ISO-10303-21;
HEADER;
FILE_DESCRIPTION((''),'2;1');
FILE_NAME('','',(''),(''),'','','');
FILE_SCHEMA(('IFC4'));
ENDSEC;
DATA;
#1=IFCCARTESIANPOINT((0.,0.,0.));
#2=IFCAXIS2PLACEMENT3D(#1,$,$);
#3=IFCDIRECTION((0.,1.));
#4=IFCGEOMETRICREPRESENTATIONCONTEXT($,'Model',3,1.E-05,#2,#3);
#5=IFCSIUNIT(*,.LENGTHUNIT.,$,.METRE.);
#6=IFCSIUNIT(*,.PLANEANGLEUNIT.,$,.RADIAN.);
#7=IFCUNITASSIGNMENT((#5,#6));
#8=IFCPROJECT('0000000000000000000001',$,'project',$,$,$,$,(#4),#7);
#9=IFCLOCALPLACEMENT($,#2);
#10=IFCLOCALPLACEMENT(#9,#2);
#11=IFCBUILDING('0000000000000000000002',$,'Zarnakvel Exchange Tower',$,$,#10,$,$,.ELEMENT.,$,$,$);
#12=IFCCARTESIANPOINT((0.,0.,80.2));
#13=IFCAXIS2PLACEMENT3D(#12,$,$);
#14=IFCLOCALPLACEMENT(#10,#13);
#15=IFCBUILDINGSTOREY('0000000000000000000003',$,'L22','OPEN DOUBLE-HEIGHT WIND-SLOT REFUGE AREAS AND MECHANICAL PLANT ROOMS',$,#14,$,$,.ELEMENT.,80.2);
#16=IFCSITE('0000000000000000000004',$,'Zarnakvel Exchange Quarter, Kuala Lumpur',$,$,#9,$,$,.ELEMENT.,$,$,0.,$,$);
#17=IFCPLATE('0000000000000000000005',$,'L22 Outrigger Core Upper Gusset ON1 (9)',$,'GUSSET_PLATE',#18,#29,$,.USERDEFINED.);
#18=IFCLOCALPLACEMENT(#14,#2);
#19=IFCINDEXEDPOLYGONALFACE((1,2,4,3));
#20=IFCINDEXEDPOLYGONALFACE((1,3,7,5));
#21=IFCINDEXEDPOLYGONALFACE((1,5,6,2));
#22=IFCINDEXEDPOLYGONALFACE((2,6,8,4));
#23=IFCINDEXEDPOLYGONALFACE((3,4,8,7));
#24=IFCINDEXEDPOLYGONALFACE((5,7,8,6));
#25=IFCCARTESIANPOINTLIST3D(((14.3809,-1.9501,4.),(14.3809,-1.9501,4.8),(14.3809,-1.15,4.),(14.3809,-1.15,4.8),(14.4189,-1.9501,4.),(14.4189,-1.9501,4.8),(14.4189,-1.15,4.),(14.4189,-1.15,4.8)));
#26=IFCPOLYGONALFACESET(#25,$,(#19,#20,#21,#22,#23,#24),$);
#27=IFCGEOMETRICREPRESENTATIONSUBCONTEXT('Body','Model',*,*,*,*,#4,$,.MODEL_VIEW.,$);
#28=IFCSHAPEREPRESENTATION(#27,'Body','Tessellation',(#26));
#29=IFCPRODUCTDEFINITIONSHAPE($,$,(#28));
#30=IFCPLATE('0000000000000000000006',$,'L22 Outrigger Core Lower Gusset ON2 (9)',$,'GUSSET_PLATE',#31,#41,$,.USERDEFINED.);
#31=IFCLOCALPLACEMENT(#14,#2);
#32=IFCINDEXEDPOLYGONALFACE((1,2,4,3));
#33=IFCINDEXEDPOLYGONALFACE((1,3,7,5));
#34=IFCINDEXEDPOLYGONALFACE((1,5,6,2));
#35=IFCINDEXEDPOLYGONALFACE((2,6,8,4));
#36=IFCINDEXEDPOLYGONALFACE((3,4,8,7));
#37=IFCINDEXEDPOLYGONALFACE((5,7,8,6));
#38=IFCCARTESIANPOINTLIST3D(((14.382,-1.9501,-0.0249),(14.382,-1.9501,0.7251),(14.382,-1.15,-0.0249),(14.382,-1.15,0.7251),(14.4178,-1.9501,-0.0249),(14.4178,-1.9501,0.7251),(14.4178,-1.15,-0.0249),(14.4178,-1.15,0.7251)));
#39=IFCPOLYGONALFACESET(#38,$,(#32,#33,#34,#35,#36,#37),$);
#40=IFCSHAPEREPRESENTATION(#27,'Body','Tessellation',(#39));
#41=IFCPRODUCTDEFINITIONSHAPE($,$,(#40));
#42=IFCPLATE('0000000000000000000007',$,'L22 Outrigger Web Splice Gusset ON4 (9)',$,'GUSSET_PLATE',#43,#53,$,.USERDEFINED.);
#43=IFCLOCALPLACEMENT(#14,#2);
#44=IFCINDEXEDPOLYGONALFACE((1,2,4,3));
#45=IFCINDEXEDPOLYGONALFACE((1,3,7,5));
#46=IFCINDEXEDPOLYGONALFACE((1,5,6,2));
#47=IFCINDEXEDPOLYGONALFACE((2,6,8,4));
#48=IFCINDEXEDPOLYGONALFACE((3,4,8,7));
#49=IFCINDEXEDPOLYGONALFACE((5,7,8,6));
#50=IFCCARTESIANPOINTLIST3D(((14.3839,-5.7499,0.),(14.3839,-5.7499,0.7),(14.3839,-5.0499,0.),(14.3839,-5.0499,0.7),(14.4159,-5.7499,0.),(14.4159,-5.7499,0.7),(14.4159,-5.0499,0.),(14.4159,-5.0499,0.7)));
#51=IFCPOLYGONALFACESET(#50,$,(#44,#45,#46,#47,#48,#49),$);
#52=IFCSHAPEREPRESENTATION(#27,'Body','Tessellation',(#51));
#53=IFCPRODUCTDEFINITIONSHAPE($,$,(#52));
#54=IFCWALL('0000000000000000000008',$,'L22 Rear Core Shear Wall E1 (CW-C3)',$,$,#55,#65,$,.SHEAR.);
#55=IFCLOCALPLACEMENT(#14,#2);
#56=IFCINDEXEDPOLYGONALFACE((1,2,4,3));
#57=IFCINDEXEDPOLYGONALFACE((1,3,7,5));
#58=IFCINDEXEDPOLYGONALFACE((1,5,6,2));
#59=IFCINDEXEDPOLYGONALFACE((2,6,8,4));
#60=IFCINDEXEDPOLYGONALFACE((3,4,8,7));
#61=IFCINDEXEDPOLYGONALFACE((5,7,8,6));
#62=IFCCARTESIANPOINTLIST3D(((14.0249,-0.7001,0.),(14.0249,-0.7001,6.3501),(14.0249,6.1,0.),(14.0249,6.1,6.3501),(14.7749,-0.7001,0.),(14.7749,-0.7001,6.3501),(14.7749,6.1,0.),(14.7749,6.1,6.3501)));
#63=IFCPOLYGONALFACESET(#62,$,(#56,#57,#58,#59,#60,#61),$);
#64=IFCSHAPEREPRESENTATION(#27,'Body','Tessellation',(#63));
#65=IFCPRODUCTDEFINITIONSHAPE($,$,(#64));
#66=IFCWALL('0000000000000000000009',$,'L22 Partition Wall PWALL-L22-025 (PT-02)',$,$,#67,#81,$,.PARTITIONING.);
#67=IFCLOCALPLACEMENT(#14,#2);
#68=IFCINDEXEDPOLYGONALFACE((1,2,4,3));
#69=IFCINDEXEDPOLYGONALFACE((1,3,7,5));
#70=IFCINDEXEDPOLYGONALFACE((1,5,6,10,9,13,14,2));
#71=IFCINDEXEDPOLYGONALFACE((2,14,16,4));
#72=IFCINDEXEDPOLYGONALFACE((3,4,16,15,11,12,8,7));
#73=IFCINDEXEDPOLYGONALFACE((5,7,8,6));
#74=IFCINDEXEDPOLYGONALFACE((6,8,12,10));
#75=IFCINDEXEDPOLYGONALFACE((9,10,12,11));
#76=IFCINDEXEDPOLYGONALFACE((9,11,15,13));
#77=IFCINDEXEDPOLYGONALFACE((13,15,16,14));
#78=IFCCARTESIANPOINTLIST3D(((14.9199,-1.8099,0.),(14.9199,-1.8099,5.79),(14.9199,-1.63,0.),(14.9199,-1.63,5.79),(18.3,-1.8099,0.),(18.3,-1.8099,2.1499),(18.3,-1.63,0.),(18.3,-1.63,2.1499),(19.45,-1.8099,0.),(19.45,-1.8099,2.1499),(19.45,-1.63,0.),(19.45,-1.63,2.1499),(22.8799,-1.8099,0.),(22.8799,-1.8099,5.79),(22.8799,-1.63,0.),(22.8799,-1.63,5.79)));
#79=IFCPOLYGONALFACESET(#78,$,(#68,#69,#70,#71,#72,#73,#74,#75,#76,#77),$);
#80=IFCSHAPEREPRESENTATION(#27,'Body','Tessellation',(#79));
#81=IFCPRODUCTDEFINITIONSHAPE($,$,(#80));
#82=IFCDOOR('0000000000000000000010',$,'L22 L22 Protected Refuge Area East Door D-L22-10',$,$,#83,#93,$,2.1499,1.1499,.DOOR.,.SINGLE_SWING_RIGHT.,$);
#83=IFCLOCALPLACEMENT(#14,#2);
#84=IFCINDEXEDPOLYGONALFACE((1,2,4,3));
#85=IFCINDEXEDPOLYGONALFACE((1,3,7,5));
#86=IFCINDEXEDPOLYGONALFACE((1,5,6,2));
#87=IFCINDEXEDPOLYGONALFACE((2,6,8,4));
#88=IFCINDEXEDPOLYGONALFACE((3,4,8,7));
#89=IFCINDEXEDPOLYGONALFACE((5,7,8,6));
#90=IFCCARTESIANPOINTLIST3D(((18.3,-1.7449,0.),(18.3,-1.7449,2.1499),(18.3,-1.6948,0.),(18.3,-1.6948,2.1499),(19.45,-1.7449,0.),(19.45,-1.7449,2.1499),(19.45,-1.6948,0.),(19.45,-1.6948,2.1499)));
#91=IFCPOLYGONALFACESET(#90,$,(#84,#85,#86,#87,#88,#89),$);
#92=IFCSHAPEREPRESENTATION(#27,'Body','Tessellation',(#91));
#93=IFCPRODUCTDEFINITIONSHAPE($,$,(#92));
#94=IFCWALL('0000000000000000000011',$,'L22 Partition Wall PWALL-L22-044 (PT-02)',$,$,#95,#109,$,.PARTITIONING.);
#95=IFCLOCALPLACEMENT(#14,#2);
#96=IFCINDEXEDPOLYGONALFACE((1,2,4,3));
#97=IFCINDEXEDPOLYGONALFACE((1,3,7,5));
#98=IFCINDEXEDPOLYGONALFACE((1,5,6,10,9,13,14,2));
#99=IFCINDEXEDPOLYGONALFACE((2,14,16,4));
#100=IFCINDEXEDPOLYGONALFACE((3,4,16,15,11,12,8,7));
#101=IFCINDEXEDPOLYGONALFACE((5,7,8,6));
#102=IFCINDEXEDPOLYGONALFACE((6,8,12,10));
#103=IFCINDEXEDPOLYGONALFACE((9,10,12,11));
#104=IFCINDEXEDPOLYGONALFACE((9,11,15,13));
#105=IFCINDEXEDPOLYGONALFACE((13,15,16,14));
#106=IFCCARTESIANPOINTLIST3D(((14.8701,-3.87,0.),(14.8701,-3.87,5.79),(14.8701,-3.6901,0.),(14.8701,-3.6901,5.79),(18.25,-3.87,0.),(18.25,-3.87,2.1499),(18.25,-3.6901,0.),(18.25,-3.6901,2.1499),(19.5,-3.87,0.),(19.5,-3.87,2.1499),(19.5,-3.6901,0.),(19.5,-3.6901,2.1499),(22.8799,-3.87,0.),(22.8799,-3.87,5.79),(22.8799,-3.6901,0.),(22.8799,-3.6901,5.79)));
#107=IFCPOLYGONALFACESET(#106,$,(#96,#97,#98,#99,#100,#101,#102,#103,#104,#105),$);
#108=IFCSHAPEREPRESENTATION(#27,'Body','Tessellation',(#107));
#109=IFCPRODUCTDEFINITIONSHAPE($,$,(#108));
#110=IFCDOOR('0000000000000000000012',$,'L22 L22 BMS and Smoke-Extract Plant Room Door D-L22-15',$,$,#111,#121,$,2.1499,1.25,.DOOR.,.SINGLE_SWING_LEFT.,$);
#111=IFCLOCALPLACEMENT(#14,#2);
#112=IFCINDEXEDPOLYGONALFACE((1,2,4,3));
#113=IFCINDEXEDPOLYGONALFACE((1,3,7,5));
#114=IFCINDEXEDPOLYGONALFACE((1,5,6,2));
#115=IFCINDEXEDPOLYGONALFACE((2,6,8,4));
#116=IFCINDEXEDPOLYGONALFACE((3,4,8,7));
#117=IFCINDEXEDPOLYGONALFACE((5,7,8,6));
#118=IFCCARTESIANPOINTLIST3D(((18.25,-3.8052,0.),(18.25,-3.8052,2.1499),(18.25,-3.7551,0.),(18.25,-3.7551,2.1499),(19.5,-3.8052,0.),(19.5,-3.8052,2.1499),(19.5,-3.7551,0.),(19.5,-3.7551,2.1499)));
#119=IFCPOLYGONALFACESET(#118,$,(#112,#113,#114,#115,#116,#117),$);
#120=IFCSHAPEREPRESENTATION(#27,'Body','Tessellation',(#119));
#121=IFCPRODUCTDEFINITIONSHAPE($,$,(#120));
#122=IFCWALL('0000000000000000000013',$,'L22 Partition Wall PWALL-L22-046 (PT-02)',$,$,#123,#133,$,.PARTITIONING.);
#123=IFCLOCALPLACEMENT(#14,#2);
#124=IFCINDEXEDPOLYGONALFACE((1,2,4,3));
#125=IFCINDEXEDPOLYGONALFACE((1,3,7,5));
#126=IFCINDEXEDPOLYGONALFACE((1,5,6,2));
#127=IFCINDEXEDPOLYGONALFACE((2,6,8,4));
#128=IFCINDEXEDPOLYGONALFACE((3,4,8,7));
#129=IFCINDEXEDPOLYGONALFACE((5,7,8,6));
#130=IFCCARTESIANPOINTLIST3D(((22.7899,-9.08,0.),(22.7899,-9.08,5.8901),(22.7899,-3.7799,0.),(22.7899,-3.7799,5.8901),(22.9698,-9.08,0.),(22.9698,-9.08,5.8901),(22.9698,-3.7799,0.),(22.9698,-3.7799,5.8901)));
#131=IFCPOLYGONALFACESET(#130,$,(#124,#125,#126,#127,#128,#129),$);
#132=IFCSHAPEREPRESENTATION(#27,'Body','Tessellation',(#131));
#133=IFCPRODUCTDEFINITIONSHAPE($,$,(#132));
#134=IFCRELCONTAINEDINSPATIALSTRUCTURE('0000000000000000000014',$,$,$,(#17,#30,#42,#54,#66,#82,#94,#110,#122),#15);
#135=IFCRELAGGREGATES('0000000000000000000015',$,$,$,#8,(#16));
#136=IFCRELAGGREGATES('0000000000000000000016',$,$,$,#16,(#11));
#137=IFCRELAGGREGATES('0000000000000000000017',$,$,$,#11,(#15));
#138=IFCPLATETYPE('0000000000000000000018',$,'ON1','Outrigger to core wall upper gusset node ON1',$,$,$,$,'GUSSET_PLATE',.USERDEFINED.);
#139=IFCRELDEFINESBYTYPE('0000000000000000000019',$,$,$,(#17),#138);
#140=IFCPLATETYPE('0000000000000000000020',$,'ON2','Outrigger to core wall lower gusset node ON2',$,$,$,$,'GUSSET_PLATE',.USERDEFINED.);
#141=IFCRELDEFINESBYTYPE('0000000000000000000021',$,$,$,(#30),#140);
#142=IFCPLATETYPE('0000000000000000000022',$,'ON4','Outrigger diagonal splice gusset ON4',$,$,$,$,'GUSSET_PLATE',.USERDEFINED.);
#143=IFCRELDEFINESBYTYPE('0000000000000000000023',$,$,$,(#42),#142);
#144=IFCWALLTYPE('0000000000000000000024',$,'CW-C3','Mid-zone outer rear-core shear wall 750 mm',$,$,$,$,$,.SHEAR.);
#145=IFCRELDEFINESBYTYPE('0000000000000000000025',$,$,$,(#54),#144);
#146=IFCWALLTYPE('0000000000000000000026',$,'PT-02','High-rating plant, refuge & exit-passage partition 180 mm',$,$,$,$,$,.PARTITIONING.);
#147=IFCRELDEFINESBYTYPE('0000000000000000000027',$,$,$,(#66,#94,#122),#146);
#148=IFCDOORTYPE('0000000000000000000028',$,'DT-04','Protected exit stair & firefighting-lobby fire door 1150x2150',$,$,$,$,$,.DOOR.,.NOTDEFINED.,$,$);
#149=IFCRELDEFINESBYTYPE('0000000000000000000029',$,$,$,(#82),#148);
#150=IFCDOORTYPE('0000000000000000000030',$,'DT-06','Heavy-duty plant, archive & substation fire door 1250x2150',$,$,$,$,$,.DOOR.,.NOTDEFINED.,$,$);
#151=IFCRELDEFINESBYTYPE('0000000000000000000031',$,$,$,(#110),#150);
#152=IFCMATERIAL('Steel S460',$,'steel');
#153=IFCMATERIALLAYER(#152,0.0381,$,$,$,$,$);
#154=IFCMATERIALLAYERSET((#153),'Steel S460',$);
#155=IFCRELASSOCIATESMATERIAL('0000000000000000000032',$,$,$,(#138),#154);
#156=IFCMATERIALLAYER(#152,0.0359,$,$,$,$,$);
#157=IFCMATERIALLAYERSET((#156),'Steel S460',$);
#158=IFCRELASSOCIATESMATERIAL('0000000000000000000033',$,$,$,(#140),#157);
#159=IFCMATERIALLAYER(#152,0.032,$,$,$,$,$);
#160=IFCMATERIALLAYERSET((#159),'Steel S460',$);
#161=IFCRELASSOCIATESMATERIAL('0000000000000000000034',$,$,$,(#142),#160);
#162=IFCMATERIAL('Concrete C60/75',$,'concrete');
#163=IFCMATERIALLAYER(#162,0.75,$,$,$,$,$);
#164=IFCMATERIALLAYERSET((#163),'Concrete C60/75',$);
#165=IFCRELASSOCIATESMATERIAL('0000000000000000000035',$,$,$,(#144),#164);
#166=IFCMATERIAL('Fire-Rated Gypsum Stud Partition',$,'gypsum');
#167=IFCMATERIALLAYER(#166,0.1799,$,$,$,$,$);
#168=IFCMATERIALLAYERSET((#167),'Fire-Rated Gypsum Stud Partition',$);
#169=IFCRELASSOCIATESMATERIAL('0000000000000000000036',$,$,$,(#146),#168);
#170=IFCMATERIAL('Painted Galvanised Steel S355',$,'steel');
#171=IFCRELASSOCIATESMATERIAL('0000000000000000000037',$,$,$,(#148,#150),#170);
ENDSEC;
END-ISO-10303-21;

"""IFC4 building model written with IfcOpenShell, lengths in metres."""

from ifc_helpers import new_model, si_unit, direction, frame, frame_2d, origin, origin_2d, place, context, subcontext, project, spatial, rectangle, extrude, source, transform, mapped, material, layer, layer_set, type_object, element, fill, save


model = new_model("IFC4")

# Units and contexts
model_context = context("Model", 3, precision=1e-05, world=origin(), true_north=direction((0.0, 1.0)))
body_context = subcontext(model_context, "Body", "Model", "MODEL_VIEW")
ifc_project = project(units=[si_unit("LENGTHUNIT", "METRE"), si_unit("PLANEANGLEUNIT", "RADIAN")], contexts=[model_context])

# Site, building, storey
site_placement = place(None, origin())
site = spatial("IfcSite", under=ifc_project, at=site_placement, Name="Zarnakvel Exchange Quarter, Kuala Lumpur", CompositionType="ELEMENT", RefElevation=0.0)
building_placement = place(site_placement, origin())
building = spatial("IfcBuilding", under=site, at=building_placement, Name="Zarnakvel Exchange Tower", CompositionType="ELEMENT")
storey_placement = place(building_placement, frame((0.0, 0.0, 80.2)))
storey = spatial("IfcBuildingStorey", under=building, at=storey_placement, Name="L22", Description="OPEN DOUBLE-HEIGHT WIND-SLOT REFUGE AREAS AND MECHANICAL PLANT ROOMS", CompositionType="ELEMENT", Elevation=80.2)

# Shared definitions
ifc_material_1 = material(Name="Concrete C60/75", Category="concrete")

# Shared definitions
ifc_material_2 = material(Name="Steel S460", Category="steel")

# Plates
ifc_layer_1 = layer(ifc_material_2, 0.0381)
ifc_layer_set_1 = layer_set([ifc_layer_1], Name="Steel S460")
plate_type_1 = type_object("IfcPlateType", Name="ON1", Description="Outrigger to core wall upper gusset node ON1", ElementType="GUSSET_PLATE", PredefinedType="USERDEFINED", material=ifc_layer_set_1)
shared_shape_1 = source(origin(), body_context, "Body", "SweptSolid", [
    extrude(rectangle(XDim=0.0381, YDim=0.8, at=origin_2d()), origin(), (0.0, 0.0, 1.0), 0.8),
])
plate_1_placement = place(storey_placement, frame((14.3999, -1.55, 4.0), z_axis=(0.0, 0.0, 1.0), x_axis=(1.0, 0.0, 0.0)))
element("IfcPlate", 1, at=plate_1_placement, inside=storey, type_object=plate_type_1, Name="L22 Outrigger Core Upper Gusset ON1 (9)", ObjectType="GUSSET_PLATE", PredefinedType="USERDEFINED", context=body_context, shape_type="MappedRepresentation", body=[
    mapped(shared_shape_1, transform((0.0, 0.0, 0.0), x_axis=(1.0, 0.0, 0.0), y_axis=(0.0, 1.0, 0.0), z_axis=(0.0, 0.0, 1.0), scale=1.0)),
])
ifc_layer_2 = layer(ifc_material_2, 0.0359)
ifc_layer_set_2 = layer_set([ifc_layer_2], Name="Steel S460")
plate_type_2 = type_object("IfcPlateType", Name="ON2", Description="Outrigger to core wall lower gusset node ON2", ElementType="GUSSET_PLATE", PredefinedType="USERDEFINED", material=ifc_layer_set_2)
shared_shape_2 = source(origin(), body_context, "Body", "SweptSolid", [
    extrude(rectangle(XDim=0.0359, YDim=0.8, at=origin_2d()), origin(), (0.0, 0.0, 1.0), 0.75),
])
plate_2_placement = place(storey_placement, frame((14.3999, -1.55, -0.0249), z_axis=(0.0, 0.0, 1.0), x_axis=(1.0, 0.0, 0.0)))
element("IfcPlate", 2, at=plate_2_placement, inside=storey, type_object=plate_type_2, Name="L22 Outrigger Core Lower Gusset ON2 (9)", ObjectType="GUSSET_PLATE", PredefinedType="USERDEFINED", context=body_context, shape_type="MappedRepresentation", body=[
    mapped(shared_shape_2, transform((0.0, 0.0, 0.0), x_axis=(1.0, 0.0, 0.0), y_axis=(0.0, 1.0, 0.0), z_axis=(0.0, 0.0, 1.0), scale=1.0)),
])
ifc_layer_3 = layer(ifc_material_2, 0.032)
ifc_layer_set_3 = layer_set([ifc_layer_3], Name="Steel S460")
plate_type_3 = type_object("IfcPlateType", Name="ON4", Description="Outrigger diagonal splice gusset ON4", ElementType="GUSSET_PLATE", PredefinedType="USERDEFINED", material=ifc_layer_set_3)
shared_shape_3 = source(origin(), body_context, "Body", "SweptSolid", [
    extrude(rectangle(XDim=0.032, YDim=0.7, at=origin_2d()), origin(), (0.0, 0.0, 1.0), 0.7),
])
plate_3_placement = place(storey_placement, frame((14.3999, -5.3999, 0.0), z_axis=(0.0, 0.0, 1.0), x_axis=(1.0, 0.0, 0.0)))
element("IfcPlate", 3, at=plate_3_placement, inside=storey, type_object=plate_type_3, Name="L22 Outrigger Web Splice Gusset ON4 (9)", ObjectType="GUSSET_PLATE", PredefinedType="USERDEFINED", context=body_context, shape_type="MappedRepresentation", body=[
    mapped(shared_shape_3, transform((0.0, 0.0, 0.0), x_axis=(1.0, 0.0, 0.0), y_axis=(0.0, 1.0, 0.0), z_axis=(0.0, 0.0, 1.0), scale=1.0)),
])

# Wall
ifc_layer_4 = layer(ifc_material_1, 0.75)
ifc_layer_set_4 = layer_set([ifc_layer_4], Name="Concrete C60/75")
wall_type_1 = type_object("IfcWallType", Name="CW-C3", Description="Mid-zone outer rear-core shear wall 750 mm", PredefinedType="SHEAR", material=ifc_layer_set_4)
wall_1_placement = place(storey_placement, frame((14.3999, -0.7, 0.0), z_axis=(0.0, 0.0, 1.0), x_axis=(0.0, 1.0, 0.0)))
element("IfcWall", 4, at=wall_1_placement, inside=storey, type_object=wall_type_1, Name="L22 Rear Core Shear Wall E1 (CW-C3)", PredefinedType="SHEAR", context=body_context, shape_type="SweptSolid", body=[
    extrude(rectangle(XDim=6.8, YDim=0.75, at=frame_2d((3.3999, 0.0))), origin(), (0.0, 0.0, 1.0), 6.3501),
])

# Walls, openings, doors
ifc_material_3 = material(Name="Fire-Rated Gypsum Stud Partition", Category="gypsum")
ifc_layer_5 = layer(ifc_material_3, 0.1799)
ifc_layer_set_5 = layer_set([ifc_layer_5], Name="Fire-Rated Gypsum Stud Partition")
wall_type_2 = type_object("IfcWallType", Name="PT-02", Description="High-rating plant, refuge & exit-passage partition 180 mm", PredefinedType="PARTITIONING", material=ifc_layer_set_5)
wall_2_placement = place(storey_placement, frame((22.8799, -1.72, 0.0), z_axis=(0.0, 0.0, 1.0), x_axis=(-1.0, 0.0, 0.0)))
wall_2 = element("IfcWall", 5, at=wall_2_placement, inside=storey, type_object=wall_type_2, Name="L22 Partition Wall PWALL-L22-025 (PT-02)", PredefinedType="PARTITIONING", context=body_context, shape_type="SweptSolid", body=[
    extrude(rectangle(XDim=7.96, YDim=0.1799, at=frame_2d((3.98, 0.0))), origin(), (0.0, 0.0, 1.0), 5.79),
])
opening_1_placement = place(wall_2_placement, frame((3.4299, 0.0, 0.0)))
opening_1 = element("IfcOpeningElement", 6, at=opening_1_placement, cuts=wall_2, PredefinedType="OPENING", context=body_context, shape_type="SweptSolid", body=[
    extrude(rectangle(XDim=1.1499, YDim=2.1499, at=frame_2d((0.575, 1.075))), frame((0.0, 0.0999, 0.0), z_axis=(0.0, -1.0, 0.0), x_axis=(1.0, 0.0, 0.0)), (0.0, 0.0, 1.0), 0.2),
])
ifc_material_4 = material(Name="Painted Galvanised Steel S355", Category="steel")
door_type_1 = type_object("IfcDoorType", Name="DT-04", Description="Protected exit stair & firefighting-lobby fire door 1150x2150", OperationType="NOTDEFINED", PredefinedType="DOOR", material=ifc_material_4)
shared_shape_4 = source(origin(), body_context, "Body", "SweptSolid", [
    extrude(rectangle(XDim=1.1499, YDim=2.1499, at=frame_2d((0.575, 1.075))), frame((0.0, 0.0249, 0.0), z_axis=(0.0, -1.0, 0.0), x_axis=(1.0, 0.0, 0.0)), (0.0, 0.0, 1.0), 0.05),
])
door_1_placement = place(opening_1_placement, origin())
door_1 = element("IfcDoor", 7, at=door_1_placement, inside=storey, type_object=door_type_1, Name="L22 L22 Protected Refuge Area East Door D-L22-10", OperationType="SINGLE_SWING_RIGHT", OverallHeight=2.1499, OverallWidth=1.1499, PredefinedType="DOOR", context=body_context, shape_type="MappedRepresentation", body=[
    mapped(shared_shape_4, transform((0.0, 0.0, 0.0), x_axis=(1.0, 0.0, 0.0), y_axis=(0.0, 1.0, 0.0), z_axis=(0.0, 0.0, 1.0), scale=1.0)),
])
fill(opening_1, door_1)
wall_3_placement = place(storey_placement, frame((14.8701, -3.78, 0.0), z_axis=(0.0, 0.0, 1.0), x_axis=(1.0, 0.0, 0.0)))
wall_3 = element("IfcWall", 8, at=wall_3_placement, inside=storey, type_object=wall_type_2, Name="L22 Partition Wall PWALL-L22-044 (PT-02)", PredefinedType="PARTITIONING", context=body_context, shape_type="SweptSolid", body=[
    extrude(rectangle(XDim=8.0098, YDim=0.1799, at=frame_2d((4.0049, 0.0))), origin(), (0.0, 0.0, 1.0), 5.79),
])
opening_2_placement = place(wall_3_placement, frame((3.3799, 0.0, 0.0)))
opening_2 = element("IfcOpeningElement", 9, at=opening_2_placement, cuts=wall_3, PredefinedType="OPENING", context=body_context, shape_type="SweptSolid", body=[
    extrude(rectangle(XDim=1.25, YDim=2.1499, at=frame_2d((0.625, 1.075))), frame((0.0, 0.0999, 0.0), z_axis=(0.0, -1.0, 0.0), x_axis=(1.0, 0.0, 0.0)), (0.0, 0.0, 1.0), 0.2),
])
door_type_2 = type_object("IfcDoorType", Name="DT-06", Description="Heavy-duty plant, archive & substation fire door 1250x2150", OperationType="NOTDEFINED", PredefinedType="DOOR", material=ifc_material_4)
shared_shape_5 = source(origin(), body_context, "Body", "SweptSolid", [
    extrude(rectangle(XDim=1.25, YDim=2.1499, at=frame_2d((0.625, 1.075))), frame((0.0, 0.0249, 0.0), z_axis=(0.0, -1.0, 0.0), x_axis=(1.0, 0.0, 0.0)), (0.0, 0.0, 1.0), 0.05),
])
door_2_placement = place(opening_2_placement, origin())
door_2 = element("IfcDoor", 10, at=door_2_placement, inside=storey, type_object=door_type_2, Name="L22 L22 BMS and Smoke-Extract Plant Room Door D-L22-15", OperationType="SINGLE_SWING_LEFT", OverallHeight=2.1499, OverallWidth=1.25, PredefinedType="DOOR", context=body_context, shape_type="MappedRepresentation", body=[
    mapped(shared_shape_5, transform((0.0, 0.0, 0.0), x_axis=(1.0, 0.0, 0.0), y_axis=(0.0, 1.0, 0.0), z_axis=(0.0, 0.0, 1.0), scale=1.0)),
])
fill(opening_2, door_2)

# Wall
wall_4_placement = place(storey_placement, frame((22.8799, -3.78, 0.0), z_axis=(0.0, 0.0, 1.0), x_axis=(0.0, -1.0, 0.0)))
element("IfcWall", 11, at=wall_4_placement, inside=storey, type_object=wall_type_2, Name="L22 Partition Wall PWALL-L22-046 (PT-02)", PredefinedType="PARTITIONING", context=body_context, shape_type="SweptSolid", body=[
    extrude(rectangle(XDim=5.3, YDim=0.1799, at=frame_2d((2.6499, 0.0))), origin(), (0.0, 0.0, 1.0), 5.8901),
])

save(model, "model.ifc")
